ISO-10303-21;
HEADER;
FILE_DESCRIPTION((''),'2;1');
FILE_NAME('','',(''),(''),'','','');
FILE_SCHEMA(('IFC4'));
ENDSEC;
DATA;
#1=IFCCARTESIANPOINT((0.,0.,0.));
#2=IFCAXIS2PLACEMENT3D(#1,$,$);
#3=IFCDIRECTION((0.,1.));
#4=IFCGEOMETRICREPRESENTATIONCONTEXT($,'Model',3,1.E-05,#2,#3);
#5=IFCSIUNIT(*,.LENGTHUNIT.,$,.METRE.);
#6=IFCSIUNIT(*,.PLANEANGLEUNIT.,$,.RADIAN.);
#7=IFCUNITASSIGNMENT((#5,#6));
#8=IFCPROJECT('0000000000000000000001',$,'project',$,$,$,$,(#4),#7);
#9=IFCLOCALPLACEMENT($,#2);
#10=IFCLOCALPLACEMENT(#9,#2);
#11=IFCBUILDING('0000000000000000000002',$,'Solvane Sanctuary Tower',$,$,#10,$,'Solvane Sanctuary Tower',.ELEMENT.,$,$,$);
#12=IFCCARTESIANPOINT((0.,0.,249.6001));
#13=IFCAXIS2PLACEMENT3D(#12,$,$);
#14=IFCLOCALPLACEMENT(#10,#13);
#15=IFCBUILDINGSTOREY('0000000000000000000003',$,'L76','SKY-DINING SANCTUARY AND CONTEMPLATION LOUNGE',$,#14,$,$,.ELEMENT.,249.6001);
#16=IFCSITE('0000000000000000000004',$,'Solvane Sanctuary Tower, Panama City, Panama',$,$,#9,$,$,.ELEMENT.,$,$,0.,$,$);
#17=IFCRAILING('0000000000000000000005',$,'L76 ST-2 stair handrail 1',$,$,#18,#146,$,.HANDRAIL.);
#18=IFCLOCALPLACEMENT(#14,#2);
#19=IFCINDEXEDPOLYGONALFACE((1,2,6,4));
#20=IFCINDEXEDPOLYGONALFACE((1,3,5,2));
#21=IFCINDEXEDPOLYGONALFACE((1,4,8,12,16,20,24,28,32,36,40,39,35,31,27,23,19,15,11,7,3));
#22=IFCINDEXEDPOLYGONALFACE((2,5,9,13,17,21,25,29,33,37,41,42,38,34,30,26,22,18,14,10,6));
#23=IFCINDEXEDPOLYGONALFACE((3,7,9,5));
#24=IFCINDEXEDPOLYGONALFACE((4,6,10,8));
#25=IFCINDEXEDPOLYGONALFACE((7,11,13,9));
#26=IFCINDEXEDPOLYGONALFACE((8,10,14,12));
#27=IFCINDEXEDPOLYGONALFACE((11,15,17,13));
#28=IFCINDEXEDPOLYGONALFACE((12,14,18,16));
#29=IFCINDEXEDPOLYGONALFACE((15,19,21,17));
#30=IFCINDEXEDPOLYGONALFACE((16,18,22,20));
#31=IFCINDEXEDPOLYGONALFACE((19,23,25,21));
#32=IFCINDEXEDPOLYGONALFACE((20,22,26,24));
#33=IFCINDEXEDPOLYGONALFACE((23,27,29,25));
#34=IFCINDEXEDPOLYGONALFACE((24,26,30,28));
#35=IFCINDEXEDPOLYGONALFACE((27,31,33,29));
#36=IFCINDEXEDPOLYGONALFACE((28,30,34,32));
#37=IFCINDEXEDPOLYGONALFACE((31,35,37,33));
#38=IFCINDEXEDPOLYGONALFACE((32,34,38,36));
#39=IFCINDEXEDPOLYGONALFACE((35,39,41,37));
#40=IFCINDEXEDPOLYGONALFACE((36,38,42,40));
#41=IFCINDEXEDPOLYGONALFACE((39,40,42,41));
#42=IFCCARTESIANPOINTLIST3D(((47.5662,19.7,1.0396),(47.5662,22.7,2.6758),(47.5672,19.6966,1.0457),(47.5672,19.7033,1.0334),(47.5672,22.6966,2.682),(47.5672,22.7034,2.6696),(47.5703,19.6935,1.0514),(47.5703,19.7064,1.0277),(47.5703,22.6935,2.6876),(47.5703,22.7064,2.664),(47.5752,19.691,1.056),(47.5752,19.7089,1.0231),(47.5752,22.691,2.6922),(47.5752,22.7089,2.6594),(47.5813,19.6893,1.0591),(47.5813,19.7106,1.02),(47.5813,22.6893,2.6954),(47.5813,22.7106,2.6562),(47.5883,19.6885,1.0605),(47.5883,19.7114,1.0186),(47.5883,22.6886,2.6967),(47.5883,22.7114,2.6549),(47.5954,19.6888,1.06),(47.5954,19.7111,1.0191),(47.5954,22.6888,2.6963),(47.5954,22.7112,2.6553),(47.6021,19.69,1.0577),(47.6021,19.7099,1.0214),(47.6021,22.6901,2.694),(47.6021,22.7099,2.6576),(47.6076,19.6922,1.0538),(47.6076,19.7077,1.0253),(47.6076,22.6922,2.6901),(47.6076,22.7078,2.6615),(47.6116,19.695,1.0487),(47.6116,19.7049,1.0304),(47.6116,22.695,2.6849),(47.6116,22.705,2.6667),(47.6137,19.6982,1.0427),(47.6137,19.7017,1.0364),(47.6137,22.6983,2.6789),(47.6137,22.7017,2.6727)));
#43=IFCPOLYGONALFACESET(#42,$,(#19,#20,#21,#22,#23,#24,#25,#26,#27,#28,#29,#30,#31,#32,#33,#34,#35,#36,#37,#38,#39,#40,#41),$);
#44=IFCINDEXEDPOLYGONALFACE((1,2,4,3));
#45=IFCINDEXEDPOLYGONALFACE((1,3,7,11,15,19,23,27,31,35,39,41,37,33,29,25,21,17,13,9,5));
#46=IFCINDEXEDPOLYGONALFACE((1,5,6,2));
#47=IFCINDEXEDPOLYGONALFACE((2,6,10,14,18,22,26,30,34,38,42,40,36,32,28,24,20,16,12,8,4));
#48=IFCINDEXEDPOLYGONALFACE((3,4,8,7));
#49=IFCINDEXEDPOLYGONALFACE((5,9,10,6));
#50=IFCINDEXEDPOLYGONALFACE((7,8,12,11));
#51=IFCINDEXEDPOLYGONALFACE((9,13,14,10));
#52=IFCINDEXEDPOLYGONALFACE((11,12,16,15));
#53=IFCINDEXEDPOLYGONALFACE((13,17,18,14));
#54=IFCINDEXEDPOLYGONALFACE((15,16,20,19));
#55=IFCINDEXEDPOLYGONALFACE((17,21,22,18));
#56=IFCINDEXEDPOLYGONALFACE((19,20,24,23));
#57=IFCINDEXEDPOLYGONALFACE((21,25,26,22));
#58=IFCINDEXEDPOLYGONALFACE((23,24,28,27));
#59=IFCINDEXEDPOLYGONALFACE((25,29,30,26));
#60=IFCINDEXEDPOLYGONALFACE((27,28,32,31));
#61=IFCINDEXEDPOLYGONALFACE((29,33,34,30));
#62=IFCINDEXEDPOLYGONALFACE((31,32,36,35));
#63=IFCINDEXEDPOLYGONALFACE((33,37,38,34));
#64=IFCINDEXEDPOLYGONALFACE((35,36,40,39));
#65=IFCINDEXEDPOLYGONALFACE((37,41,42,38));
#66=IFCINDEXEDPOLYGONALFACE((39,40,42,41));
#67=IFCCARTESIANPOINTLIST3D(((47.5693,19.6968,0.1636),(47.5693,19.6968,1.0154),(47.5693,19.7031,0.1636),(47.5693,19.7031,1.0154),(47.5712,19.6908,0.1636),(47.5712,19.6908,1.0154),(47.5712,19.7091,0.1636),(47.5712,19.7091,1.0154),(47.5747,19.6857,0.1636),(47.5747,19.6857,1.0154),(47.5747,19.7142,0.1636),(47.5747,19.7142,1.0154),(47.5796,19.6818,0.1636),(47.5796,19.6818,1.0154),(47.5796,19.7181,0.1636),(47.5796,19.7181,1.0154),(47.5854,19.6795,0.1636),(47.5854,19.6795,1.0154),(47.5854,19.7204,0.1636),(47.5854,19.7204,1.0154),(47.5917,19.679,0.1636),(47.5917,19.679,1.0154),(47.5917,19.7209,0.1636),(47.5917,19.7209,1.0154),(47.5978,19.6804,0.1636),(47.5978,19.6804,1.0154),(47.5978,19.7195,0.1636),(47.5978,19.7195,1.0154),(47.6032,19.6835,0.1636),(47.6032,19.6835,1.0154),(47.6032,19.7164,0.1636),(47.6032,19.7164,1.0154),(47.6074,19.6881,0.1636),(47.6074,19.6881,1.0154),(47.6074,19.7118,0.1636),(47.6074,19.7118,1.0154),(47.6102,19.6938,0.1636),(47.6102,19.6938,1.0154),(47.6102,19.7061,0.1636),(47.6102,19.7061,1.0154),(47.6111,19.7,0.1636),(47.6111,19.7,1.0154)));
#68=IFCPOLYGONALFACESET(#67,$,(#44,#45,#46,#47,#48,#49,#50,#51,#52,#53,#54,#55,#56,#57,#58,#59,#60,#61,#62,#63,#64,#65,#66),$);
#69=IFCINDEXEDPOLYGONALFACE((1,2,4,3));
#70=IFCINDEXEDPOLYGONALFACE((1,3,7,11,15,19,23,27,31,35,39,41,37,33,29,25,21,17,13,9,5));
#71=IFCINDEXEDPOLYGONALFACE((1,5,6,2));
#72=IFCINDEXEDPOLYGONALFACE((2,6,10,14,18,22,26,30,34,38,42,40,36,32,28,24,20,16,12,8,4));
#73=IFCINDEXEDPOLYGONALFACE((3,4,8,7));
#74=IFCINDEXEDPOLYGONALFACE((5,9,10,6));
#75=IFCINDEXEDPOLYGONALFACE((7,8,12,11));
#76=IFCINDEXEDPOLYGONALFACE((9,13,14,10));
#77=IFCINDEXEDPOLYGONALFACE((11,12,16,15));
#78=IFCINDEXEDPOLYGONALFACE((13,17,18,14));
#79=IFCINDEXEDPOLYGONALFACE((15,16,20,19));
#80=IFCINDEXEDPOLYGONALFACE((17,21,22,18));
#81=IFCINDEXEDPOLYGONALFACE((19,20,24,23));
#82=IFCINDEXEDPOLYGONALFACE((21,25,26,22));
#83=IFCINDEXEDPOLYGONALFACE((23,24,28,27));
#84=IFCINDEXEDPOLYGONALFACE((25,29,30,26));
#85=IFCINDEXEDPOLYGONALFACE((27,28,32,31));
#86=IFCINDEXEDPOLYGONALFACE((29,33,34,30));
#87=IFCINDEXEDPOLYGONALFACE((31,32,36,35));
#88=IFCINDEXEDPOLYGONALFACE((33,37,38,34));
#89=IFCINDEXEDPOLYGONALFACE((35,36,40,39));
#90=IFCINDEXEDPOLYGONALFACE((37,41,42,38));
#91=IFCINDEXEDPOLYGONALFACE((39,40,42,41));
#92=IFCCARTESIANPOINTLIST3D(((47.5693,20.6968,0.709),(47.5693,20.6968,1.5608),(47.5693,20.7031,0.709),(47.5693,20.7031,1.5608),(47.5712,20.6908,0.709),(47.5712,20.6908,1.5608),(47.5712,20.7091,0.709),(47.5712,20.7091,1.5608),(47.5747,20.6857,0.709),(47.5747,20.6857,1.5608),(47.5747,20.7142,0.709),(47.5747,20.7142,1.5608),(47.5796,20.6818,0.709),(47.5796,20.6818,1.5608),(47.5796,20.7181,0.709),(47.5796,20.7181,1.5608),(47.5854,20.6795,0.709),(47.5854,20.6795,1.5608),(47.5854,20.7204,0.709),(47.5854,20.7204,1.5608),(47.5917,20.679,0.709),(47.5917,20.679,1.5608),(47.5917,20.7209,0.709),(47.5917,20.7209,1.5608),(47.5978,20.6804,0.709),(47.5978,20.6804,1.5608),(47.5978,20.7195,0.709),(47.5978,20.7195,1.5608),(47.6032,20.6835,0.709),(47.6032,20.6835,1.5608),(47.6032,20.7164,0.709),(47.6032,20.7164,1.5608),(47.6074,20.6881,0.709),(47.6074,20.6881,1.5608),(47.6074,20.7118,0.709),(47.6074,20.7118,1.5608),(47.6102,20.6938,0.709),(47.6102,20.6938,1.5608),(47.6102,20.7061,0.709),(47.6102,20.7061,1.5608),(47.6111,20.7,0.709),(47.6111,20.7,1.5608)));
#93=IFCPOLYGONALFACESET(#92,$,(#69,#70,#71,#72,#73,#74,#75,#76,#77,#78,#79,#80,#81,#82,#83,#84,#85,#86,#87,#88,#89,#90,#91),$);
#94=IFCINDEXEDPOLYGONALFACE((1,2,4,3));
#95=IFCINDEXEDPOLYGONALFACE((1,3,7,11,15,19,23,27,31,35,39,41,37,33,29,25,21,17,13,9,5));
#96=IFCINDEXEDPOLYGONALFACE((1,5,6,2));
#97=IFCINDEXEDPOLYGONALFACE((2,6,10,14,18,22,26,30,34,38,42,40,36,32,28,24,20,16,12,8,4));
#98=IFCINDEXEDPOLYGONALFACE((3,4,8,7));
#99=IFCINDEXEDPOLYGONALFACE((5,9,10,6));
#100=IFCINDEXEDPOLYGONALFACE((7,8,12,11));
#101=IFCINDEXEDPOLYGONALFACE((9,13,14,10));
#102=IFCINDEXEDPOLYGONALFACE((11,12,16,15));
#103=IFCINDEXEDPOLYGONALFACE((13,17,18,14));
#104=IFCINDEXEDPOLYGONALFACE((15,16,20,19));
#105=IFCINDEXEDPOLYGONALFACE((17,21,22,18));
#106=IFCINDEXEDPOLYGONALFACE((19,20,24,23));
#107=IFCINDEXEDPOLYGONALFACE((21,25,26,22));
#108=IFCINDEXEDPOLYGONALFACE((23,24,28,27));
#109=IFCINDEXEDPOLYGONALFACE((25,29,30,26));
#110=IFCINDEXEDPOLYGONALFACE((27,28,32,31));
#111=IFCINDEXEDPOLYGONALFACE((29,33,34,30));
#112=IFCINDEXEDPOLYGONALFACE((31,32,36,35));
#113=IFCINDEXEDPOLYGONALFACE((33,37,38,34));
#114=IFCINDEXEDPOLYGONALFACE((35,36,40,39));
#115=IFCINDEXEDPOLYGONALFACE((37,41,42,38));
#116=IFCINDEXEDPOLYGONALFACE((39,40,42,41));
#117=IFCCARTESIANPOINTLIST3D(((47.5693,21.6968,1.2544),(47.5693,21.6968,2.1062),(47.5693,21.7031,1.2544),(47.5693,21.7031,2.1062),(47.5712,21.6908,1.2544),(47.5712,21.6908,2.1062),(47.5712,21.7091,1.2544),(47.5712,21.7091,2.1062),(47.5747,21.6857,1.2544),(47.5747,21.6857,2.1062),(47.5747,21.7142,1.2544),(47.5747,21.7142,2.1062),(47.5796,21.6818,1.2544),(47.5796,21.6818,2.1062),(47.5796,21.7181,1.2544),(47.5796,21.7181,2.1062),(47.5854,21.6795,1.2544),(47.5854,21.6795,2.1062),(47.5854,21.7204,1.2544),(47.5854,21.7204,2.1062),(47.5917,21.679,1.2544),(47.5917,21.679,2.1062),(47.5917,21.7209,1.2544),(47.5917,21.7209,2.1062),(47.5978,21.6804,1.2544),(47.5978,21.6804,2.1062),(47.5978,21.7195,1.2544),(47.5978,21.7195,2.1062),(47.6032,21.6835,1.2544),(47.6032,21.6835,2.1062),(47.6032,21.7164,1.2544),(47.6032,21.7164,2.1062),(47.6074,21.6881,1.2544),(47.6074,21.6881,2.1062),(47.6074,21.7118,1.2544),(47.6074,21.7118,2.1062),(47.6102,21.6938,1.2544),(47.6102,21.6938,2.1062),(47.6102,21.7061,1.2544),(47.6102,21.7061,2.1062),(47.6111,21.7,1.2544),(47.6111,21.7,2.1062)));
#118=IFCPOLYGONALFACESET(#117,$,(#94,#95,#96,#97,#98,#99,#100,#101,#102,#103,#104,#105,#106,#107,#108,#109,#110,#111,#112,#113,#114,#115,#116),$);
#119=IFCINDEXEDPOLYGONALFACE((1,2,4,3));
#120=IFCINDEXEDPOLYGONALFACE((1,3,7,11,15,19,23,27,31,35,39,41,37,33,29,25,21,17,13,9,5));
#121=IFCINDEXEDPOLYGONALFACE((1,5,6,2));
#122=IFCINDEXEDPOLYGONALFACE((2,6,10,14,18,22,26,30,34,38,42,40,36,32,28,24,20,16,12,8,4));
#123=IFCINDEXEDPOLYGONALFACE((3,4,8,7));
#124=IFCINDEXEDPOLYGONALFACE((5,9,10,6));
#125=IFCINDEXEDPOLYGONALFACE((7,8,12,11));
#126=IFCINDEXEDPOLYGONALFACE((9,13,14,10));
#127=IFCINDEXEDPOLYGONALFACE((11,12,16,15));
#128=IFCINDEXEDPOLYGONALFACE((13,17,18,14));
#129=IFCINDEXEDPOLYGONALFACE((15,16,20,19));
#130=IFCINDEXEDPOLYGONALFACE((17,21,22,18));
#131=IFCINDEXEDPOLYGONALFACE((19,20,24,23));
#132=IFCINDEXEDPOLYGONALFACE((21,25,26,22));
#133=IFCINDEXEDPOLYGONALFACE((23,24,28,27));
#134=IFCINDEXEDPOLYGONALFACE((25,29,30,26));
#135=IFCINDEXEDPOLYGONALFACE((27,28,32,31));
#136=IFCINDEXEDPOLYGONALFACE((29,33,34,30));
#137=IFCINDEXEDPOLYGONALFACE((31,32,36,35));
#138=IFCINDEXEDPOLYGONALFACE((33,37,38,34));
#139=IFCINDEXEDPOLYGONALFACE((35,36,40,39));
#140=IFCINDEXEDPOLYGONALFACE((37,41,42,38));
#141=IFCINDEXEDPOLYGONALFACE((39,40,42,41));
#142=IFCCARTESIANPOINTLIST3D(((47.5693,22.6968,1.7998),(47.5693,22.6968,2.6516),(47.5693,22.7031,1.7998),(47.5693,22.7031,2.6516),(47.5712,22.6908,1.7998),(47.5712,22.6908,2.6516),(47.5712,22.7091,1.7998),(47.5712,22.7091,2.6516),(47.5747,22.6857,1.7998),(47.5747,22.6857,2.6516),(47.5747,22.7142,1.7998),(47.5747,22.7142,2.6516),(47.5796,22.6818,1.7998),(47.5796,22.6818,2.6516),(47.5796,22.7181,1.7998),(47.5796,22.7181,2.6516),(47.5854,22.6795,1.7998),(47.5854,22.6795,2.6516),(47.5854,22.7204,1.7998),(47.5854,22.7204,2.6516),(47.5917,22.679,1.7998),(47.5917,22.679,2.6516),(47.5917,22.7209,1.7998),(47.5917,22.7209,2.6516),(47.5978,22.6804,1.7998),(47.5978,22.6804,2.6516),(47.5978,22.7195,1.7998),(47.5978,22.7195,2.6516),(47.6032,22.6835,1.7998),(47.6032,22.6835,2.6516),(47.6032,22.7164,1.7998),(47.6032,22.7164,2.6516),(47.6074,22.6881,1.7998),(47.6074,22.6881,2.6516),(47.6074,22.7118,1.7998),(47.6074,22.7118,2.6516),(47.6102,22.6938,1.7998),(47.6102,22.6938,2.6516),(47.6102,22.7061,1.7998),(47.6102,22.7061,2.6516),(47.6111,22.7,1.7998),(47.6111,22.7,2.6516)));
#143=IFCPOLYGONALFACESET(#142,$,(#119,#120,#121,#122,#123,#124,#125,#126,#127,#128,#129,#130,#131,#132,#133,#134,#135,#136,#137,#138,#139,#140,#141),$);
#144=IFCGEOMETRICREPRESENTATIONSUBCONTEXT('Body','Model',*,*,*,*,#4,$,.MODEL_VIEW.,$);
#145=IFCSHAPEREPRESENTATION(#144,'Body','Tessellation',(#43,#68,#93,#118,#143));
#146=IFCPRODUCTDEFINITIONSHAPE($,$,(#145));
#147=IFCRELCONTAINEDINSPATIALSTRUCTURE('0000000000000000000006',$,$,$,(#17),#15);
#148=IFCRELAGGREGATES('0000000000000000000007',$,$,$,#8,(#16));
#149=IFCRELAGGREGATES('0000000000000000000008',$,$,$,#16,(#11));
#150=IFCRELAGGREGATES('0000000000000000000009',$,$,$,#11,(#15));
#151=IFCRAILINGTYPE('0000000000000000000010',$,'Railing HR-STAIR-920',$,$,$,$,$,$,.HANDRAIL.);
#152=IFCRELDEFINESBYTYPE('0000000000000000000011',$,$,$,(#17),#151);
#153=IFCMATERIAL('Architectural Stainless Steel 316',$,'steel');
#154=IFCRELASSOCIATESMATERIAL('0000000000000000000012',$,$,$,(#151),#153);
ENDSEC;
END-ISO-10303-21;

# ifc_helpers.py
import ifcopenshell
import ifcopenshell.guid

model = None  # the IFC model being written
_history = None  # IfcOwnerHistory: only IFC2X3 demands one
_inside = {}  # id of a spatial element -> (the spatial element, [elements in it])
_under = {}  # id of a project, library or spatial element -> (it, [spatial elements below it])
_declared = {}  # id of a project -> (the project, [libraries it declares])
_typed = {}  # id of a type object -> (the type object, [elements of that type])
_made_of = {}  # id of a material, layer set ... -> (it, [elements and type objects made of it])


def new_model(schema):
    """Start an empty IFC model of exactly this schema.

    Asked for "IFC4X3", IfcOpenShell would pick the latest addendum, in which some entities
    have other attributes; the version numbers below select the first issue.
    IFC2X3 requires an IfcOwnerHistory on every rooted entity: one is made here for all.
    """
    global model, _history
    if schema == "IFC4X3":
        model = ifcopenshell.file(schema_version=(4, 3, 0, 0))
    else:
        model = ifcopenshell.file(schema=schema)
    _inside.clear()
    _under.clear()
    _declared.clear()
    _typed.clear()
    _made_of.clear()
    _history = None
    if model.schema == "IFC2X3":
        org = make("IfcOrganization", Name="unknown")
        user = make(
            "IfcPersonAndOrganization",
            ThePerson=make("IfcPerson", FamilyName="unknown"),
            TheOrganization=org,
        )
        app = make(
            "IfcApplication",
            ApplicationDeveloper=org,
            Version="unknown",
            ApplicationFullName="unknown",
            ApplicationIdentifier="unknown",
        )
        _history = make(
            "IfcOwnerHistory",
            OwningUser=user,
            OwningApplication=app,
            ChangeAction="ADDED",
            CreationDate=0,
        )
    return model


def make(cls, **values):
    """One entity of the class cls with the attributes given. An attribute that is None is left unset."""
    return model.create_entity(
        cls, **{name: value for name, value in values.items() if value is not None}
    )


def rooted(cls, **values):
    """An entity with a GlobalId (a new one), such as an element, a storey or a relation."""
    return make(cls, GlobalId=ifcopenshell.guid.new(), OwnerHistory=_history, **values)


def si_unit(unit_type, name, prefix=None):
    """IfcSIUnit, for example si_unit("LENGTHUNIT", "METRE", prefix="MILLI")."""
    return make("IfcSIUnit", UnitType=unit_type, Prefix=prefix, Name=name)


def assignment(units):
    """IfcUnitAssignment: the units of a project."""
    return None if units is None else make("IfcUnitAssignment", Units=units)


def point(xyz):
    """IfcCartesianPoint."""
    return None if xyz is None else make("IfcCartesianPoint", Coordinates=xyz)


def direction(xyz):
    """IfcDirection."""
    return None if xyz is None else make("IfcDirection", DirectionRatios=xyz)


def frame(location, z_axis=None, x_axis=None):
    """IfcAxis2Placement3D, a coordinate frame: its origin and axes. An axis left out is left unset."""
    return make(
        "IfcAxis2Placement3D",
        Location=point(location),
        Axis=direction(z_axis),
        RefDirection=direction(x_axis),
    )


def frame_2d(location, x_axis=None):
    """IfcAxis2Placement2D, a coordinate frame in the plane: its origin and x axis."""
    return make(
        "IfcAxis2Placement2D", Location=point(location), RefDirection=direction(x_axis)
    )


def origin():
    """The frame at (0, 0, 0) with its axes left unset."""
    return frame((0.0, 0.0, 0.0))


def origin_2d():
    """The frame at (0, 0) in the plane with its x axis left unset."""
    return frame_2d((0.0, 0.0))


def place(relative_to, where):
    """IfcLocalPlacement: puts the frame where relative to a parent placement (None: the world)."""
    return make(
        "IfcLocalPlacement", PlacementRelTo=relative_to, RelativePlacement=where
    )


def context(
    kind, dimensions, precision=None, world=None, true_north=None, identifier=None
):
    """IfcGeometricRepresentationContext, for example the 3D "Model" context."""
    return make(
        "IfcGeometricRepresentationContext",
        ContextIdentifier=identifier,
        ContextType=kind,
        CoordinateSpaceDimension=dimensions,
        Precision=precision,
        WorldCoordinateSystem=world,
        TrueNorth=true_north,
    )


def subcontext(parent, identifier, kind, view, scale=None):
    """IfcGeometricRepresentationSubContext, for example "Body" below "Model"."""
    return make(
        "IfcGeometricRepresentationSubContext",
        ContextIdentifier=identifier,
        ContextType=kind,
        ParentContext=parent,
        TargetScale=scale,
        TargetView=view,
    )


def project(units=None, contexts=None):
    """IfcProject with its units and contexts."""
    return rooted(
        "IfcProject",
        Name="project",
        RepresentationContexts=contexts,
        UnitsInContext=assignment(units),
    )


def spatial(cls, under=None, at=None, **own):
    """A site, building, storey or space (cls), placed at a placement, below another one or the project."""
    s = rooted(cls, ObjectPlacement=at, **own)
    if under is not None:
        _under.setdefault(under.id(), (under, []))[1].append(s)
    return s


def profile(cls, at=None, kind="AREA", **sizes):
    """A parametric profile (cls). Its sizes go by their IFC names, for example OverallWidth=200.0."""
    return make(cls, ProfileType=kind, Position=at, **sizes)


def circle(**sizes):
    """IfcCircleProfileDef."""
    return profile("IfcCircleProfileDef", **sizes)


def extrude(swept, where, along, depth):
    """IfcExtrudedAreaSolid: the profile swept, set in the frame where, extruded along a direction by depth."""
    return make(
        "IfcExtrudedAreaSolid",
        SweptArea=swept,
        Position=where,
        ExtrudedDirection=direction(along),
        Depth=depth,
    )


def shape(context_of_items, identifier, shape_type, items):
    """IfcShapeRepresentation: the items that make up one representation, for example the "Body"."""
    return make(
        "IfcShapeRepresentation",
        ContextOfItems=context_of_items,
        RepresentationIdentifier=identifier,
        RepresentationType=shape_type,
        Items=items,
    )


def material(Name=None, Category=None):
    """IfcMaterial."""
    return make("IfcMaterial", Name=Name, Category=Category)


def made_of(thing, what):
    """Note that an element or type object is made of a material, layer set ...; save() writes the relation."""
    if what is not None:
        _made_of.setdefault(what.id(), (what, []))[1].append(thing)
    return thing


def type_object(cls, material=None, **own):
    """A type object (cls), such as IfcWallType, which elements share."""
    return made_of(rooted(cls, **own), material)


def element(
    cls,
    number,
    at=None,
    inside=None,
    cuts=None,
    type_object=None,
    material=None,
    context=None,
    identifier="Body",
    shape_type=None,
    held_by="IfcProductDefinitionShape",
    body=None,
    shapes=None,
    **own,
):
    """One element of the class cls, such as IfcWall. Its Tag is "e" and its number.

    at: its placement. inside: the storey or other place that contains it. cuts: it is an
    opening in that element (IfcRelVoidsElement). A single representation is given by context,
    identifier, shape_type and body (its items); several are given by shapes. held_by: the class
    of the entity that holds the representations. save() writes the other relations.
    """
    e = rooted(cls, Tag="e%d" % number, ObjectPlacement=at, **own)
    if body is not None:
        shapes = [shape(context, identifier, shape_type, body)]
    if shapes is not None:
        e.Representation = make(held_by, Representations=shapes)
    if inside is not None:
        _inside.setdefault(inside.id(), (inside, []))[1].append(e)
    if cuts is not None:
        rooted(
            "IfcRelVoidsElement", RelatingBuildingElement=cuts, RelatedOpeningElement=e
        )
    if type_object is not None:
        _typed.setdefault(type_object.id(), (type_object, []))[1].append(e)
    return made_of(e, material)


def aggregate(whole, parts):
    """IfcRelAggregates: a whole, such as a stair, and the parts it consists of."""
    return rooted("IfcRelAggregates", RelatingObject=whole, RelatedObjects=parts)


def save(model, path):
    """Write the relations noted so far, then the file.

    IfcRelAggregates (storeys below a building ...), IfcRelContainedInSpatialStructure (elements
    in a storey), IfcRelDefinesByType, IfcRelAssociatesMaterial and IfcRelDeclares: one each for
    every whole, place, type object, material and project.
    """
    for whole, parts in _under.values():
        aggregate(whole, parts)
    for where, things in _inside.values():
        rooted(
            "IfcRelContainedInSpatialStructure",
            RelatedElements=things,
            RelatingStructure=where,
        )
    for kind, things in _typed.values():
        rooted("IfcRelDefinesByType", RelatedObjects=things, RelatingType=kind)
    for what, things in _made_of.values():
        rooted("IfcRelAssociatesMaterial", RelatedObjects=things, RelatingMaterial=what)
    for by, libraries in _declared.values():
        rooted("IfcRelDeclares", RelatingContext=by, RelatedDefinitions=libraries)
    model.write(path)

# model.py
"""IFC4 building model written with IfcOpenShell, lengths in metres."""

from ifc_helpers import new_model, si_unit, direction, frame, origin, origin_2d, place, context, subcontext, project, spatial, circle, extrude, material, type_object, element, save


model = new_model("IFC4")

# Units and contexts
model_context = context("Model", 3, precision=1e-05, world=origin(), true_north=direction((0.0, 1.0)))
body_context = subcontext(model_context, "Body", "Model", "MODEL_VIEW")
ifc_project = project(units=[si_unit("LENGTHUNIT", "METRE"), si_unit("PLANEANGLEUNIT", "RADIAN")], contexts=[model_context])

# Site, building, storey
site_placement = place(None, origin())
site = spatial("IfcSite", under=ifc_project, at=site_placement, Name="Solvane Sanctuary Tower, Panama City, Panama", CompositionType="ELEMENT", RefElevation=0.0)
building_placement = place(site_placement, origin())
building = spatial("IfcBuilding", under=site, at=building_placement, Name="Solvane Sanctuary Tower", LongName="Solvane Sanctuary Tower", CompositionType="ELEMENT")
storey_placement = place(building_placement, frame((0.0, 0.0, 249.6001)))
storey = spatial("IfcBuildingStorey", under=building, at=storey_placement, Name="L76", Description="SKY-DINING SANCTUARY AND CONTEMPLATION LOUNGE", CompositionType="ELEMENT", Elevation=249.6001)

# Shared definitions
ifc_material_1 = material(Name="Architectural Stainless Steel 316", Category="steel")

# Railing
railing_type_1 = type_object("IfcRailingType", Name="Railing HR-STAIR-920", PredefinedType="HANDRAIL", material=ifc_material_1)
railing_1_placement = place(storey_placement, frame((47.5901, 19.7, 0.1636)))
element("IfcRailing", 1, at=railing_1_placement, inside=storey, type_object=railing_type_1, Name="L76 ST-2 stair handrail 1", PredefinedType="HANDRAIL", context=body_context, shape_type="SweptSolid", body=[
    extrude(circle(Radius=0.0239, at=origin_2d()), frame((0.0, 0.0, 0.876), z_axis=(0.0, 0.877912, 0.478822), x_axis=(-1.0, 0.0, 0.0)), (0.0, 0.0, 1.0), 3.4172),
    extrude(circle(Radius=0.021, at=origin_2d()), origin(), (0.0, 0.0, 1.0), 0.8518),
    extrude(circle(Radius=0.021, at=origin_2d()), frame((0.0, 1.0, 0.5454)), (0.0, 0.0, 1.0), 0.8518),
    extrude(circle(Radius=0.021, at=origin_2d()), frame((0.0, 2.0, 1.0908)), (0.0, 0.0, 1.0), 0.8518),
    extrude(circle(Radius=0.021, at=origin_2d()), frame((0.0, 3.0, 1.6362)), (0.0, 0.0, 1.0), 0.8518),
])

save(model, "model.ifc")
